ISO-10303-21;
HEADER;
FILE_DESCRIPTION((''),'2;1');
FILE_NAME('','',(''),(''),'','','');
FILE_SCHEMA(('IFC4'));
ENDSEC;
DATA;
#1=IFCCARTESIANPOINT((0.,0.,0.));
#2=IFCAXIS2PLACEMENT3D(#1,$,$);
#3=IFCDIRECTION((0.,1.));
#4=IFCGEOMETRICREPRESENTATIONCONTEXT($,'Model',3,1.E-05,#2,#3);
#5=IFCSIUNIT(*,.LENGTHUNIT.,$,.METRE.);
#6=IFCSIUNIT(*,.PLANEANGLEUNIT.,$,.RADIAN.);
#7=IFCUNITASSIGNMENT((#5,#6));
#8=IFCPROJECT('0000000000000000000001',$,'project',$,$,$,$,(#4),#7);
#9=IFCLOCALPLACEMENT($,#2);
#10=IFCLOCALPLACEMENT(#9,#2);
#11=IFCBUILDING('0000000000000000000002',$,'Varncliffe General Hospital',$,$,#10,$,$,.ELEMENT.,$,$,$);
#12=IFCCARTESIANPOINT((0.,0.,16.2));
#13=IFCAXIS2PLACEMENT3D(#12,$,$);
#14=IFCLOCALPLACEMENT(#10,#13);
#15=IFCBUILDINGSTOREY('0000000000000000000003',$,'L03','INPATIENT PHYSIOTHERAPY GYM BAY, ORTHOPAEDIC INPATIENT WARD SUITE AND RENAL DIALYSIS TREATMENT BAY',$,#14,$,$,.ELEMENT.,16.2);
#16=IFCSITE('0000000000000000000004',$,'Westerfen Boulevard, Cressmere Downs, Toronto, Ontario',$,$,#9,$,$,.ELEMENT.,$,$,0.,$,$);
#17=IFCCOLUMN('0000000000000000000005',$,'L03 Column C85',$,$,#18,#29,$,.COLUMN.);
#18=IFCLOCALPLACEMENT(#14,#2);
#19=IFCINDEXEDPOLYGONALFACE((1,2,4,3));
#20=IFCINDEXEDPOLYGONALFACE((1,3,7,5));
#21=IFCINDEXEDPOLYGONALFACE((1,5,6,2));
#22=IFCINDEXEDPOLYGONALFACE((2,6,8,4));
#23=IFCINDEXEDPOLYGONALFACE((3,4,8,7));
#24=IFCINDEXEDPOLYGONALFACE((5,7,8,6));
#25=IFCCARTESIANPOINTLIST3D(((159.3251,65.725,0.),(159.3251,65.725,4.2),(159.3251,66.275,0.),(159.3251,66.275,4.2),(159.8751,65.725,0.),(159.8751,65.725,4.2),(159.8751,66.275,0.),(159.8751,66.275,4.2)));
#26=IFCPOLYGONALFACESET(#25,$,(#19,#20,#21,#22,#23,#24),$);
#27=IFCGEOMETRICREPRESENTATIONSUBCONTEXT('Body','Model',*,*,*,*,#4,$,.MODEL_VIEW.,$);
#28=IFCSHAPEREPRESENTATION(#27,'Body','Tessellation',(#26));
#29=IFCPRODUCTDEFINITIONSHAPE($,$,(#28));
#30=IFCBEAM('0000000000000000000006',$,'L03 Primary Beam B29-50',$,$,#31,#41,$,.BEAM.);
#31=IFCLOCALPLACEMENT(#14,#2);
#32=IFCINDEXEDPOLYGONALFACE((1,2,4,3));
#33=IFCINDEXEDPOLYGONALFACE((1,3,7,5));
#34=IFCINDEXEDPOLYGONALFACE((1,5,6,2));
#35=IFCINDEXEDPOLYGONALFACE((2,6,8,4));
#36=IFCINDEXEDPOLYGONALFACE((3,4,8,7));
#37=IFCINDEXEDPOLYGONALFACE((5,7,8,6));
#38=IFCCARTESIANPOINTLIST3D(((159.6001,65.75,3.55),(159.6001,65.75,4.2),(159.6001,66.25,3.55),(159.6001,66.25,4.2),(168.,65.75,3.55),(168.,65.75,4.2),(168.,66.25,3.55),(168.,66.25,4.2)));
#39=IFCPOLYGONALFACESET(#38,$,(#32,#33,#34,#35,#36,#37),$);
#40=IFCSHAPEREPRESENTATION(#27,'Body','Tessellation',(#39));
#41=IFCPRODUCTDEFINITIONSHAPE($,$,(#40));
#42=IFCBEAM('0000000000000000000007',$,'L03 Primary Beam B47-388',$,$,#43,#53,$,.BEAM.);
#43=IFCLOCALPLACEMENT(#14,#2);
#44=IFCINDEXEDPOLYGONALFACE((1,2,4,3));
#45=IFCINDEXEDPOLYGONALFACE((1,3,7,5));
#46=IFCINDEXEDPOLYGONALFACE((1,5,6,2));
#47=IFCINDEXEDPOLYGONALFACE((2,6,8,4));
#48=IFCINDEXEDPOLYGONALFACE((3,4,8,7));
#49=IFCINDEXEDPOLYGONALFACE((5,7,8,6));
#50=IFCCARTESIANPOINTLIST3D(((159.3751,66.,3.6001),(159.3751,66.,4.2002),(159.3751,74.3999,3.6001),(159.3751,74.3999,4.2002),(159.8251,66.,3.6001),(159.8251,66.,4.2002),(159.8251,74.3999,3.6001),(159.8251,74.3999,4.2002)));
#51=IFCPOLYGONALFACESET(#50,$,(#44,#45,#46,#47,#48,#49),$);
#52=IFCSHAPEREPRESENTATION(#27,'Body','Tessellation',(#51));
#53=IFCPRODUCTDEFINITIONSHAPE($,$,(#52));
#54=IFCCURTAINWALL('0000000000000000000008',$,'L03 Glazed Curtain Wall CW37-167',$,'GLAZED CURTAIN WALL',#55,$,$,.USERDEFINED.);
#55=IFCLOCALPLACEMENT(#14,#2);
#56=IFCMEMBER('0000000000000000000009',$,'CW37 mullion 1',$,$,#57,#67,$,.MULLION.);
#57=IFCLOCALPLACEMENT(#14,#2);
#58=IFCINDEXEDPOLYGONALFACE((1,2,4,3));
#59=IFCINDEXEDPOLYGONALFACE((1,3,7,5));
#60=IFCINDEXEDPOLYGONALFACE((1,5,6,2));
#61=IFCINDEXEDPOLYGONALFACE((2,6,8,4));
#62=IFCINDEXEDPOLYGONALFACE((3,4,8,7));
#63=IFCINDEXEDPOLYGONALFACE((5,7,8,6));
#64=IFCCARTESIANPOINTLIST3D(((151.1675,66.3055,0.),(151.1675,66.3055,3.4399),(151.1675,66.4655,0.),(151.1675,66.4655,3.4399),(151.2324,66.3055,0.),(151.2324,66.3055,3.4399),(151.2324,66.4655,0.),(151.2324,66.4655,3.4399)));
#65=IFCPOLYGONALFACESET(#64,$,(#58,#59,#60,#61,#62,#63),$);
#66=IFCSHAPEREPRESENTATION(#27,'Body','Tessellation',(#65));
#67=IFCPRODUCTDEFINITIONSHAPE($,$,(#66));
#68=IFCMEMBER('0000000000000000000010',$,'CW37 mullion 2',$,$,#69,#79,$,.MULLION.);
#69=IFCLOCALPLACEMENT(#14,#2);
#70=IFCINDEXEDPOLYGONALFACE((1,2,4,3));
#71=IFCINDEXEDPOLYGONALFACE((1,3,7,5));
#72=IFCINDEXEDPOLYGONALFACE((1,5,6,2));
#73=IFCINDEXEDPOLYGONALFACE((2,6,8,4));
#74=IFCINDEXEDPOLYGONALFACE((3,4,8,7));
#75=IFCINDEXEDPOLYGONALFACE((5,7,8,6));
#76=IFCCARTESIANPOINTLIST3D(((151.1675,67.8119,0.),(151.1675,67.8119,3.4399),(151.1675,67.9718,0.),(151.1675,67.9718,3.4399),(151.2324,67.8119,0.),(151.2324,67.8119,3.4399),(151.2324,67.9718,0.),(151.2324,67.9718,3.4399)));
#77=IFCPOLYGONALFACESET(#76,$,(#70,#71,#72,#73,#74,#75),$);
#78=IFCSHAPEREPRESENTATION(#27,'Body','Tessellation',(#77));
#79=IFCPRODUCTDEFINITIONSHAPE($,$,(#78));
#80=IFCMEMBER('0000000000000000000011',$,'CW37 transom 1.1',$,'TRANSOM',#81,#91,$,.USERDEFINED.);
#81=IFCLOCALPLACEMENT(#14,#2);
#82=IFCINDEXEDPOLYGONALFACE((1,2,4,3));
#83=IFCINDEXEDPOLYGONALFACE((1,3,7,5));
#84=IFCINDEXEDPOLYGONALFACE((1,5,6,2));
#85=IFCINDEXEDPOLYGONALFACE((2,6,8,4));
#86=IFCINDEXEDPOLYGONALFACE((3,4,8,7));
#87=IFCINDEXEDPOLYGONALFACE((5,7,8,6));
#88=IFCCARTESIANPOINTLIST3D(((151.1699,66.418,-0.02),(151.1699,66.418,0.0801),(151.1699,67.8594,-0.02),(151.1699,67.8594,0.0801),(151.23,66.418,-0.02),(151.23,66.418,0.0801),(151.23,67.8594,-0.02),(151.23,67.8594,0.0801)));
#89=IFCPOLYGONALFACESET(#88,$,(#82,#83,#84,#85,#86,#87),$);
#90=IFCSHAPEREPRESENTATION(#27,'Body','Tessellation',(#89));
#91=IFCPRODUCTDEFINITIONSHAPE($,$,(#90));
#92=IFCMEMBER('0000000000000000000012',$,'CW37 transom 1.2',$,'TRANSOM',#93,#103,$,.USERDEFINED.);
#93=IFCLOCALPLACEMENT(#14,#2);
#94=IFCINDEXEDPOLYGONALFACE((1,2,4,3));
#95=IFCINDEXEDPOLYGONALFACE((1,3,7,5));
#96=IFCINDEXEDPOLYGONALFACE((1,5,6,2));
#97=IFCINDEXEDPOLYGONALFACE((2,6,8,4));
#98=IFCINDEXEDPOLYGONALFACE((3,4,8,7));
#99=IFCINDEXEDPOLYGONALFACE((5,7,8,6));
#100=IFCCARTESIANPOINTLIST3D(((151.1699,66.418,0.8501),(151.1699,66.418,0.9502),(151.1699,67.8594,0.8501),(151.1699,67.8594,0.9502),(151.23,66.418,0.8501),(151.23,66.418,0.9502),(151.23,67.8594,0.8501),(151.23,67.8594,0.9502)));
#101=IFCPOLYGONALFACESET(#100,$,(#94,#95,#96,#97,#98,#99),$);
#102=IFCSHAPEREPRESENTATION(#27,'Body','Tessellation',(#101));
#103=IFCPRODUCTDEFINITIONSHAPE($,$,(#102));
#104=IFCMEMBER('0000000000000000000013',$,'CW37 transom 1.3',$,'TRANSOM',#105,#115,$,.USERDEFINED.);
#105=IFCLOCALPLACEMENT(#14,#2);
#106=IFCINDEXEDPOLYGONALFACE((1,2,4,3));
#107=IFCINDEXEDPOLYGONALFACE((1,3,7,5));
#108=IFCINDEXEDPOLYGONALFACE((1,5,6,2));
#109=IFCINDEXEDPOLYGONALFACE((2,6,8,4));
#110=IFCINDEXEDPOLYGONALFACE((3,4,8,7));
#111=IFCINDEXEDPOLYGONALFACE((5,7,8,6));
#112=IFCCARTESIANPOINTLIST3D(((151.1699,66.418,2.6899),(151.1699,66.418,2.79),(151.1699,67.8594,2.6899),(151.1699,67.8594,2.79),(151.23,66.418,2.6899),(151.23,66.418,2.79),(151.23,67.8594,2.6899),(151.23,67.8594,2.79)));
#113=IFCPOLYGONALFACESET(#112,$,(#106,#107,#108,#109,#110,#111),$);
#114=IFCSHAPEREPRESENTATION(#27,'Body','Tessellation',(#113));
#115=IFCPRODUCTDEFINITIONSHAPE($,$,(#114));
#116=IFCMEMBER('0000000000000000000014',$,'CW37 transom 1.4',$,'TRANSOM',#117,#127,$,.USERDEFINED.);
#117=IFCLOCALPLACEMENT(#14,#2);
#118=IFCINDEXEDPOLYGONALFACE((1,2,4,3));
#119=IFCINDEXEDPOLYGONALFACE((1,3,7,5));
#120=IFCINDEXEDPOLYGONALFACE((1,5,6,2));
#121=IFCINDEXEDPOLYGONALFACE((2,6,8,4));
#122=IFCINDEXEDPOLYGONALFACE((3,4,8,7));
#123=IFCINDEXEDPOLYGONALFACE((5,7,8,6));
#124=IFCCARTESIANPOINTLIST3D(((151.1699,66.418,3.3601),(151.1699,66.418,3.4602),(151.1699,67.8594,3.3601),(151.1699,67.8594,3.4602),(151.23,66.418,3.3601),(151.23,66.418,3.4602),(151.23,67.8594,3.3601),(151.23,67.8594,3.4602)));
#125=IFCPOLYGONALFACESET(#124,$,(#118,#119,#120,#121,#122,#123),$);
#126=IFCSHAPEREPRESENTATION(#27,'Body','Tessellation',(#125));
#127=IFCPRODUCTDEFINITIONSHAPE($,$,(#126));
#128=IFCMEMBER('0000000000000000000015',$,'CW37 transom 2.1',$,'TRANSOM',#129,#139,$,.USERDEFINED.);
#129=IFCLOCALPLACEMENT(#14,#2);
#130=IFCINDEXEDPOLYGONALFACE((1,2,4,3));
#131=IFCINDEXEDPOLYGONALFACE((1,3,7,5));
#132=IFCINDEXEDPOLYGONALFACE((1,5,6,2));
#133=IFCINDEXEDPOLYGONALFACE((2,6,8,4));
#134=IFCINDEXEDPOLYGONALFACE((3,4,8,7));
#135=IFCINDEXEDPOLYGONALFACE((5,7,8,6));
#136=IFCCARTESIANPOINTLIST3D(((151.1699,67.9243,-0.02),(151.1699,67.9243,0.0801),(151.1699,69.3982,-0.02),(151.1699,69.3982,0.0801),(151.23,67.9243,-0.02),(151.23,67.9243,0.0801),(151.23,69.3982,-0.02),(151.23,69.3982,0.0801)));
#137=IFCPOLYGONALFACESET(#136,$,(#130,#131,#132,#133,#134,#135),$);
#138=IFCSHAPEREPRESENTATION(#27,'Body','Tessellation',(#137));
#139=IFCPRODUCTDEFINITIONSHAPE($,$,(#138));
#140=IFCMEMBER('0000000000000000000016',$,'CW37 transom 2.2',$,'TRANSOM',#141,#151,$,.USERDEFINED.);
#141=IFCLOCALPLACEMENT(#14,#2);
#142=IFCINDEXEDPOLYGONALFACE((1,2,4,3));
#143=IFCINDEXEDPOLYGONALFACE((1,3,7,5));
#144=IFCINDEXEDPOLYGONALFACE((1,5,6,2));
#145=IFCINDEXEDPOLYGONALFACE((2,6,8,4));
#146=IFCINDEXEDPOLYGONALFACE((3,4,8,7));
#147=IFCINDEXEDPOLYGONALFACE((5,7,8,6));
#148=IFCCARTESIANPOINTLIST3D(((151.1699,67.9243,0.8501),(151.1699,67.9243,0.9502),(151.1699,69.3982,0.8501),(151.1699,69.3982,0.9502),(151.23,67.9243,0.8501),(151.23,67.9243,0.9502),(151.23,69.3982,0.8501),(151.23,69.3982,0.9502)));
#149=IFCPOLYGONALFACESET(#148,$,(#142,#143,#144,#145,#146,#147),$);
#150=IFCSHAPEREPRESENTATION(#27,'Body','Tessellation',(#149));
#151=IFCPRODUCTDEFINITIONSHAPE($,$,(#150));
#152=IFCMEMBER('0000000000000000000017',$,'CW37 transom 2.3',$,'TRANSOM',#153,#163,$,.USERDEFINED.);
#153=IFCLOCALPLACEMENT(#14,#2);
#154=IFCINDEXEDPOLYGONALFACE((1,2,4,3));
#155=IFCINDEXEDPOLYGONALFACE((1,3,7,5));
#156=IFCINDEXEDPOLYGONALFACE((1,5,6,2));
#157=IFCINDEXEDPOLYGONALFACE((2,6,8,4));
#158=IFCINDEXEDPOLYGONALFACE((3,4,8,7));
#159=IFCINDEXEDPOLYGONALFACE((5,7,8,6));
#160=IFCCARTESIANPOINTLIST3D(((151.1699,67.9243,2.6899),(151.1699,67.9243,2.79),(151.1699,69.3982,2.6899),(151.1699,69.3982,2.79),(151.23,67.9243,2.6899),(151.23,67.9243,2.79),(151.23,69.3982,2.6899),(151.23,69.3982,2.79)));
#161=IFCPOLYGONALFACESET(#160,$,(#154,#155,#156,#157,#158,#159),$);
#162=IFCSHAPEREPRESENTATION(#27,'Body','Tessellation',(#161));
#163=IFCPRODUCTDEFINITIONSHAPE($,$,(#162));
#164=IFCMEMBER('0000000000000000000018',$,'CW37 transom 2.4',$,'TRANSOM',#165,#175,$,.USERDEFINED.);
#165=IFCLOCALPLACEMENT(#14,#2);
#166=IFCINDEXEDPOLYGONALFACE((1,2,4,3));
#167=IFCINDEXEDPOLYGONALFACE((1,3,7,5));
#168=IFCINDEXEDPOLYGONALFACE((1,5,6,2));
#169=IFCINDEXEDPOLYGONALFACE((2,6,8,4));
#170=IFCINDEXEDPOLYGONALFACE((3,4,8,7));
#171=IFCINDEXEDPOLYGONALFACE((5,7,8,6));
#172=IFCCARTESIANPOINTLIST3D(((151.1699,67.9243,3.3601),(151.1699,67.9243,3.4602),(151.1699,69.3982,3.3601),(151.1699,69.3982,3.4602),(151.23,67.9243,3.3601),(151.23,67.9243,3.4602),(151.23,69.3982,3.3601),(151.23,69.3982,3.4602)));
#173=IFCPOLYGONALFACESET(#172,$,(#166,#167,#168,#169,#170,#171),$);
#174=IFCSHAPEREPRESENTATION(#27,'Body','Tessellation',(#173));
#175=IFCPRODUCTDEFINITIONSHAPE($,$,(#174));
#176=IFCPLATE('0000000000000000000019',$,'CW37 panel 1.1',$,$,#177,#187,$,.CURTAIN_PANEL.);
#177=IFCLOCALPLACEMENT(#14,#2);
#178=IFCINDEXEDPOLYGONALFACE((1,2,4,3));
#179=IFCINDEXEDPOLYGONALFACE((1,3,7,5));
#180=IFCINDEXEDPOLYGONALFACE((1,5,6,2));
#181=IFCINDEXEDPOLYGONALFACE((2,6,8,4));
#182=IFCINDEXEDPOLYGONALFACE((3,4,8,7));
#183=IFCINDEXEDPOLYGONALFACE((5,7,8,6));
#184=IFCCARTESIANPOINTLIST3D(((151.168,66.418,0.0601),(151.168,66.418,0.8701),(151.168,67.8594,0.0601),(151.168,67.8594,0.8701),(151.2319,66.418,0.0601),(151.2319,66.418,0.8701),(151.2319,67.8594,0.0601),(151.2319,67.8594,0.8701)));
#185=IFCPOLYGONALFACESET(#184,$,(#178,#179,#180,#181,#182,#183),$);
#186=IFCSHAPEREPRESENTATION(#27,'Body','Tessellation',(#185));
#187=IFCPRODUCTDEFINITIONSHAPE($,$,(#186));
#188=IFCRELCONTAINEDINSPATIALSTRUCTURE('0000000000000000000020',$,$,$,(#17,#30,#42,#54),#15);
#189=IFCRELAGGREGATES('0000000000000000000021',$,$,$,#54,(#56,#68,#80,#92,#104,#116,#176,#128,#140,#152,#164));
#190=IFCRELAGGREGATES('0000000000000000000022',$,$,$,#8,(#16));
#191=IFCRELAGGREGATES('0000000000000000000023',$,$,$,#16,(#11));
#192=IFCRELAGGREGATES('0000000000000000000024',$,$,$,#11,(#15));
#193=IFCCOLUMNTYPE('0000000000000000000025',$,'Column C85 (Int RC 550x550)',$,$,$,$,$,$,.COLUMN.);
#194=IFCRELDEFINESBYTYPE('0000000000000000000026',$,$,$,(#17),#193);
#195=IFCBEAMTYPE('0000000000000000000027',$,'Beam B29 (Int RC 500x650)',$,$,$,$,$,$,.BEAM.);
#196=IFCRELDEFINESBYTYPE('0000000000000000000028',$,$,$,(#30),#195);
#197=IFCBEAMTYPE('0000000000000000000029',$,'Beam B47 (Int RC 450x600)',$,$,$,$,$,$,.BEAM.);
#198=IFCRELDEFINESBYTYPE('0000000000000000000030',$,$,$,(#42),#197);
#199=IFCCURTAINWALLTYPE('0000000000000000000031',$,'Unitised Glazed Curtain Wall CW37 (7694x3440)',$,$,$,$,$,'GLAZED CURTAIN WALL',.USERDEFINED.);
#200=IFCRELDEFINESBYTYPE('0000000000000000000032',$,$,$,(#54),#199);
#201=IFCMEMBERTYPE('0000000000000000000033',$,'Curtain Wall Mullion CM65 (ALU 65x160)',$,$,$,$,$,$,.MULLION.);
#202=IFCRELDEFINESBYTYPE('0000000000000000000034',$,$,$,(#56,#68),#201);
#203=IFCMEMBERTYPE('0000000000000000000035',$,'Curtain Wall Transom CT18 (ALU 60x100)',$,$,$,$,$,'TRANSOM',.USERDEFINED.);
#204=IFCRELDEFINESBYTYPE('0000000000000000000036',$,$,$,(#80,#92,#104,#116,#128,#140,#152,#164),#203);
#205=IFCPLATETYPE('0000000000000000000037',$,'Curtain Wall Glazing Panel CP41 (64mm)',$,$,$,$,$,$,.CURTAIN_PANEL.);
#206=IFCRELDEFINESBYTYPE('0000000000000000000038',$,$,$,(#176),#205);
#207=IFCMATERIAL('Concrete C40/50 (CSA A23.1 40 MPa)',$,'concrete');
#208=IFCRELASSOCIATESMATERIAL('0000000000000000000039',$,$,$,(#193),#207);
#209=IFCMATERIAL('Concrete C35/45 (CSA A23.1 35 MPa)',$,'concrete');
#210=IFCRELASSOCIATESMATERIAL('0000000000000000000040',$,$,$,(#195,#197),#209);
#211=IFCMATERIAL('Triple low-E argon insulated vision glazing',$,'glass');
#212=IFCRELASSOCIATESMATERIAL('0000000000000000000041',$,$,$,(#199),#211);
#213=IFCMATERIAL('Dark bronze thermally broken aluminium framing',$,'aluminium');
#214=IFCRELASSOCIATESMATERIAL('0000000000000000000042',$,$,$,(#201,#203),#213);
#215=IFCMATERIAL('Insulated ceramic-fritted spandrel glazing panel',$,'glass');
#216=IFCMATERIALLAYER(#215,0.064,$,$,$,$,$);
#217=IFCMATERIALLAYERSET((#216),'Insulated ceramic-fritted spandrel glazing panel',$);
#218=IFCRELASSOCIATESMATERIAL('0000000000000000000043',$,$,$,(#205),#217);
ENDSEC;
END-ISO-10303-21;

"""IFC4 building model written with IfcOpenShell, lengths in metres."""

from ifc_helpers import new_model, si_unit, direction, frame, origin, origin_2d, place, context, subcontext, project, spatial, rectangle, extrude, material, layer, layer_set, material_profile, profile_set, type_object, element, aggregate, save


model = new_model("IFC4")

# Units and contexts
model_context = context("Model", 3, precision=1e-05, world=origin(), true_north=direction((0.0, 1.0)))
body_context = subcontext(model_context, "Body", "Model", "MODEL_VIEW")
ifc_project = project(units=[si_unit("LENGTHUNIT", "METRE"), si_unit("PLANEANGLEUNIT", "RADIAN")], contexts=[model_context])

# Site, building, storey
site_placement = place(None, origin())
site = spatial("IfcSite", under=ifc_project, at=site_placement, Name="Westerfen Boulevard, Cressmere Downs, Toronto, Ontario", CompositionType="ELEMENT", RefElevation=0.0)
building_placement = place(site_placement, origin())
building = spatial("IfcBuilding", under=site, at=building_placement, Name="Varncliffe General Hospital", CompositionType="ELEMENT")
storey_placement = place(building_placement, frame((0.0, 0.0, 16.2)))
storey = spatial("IfcBuildingStorey", under=building, at=storey_placement, Name="L03", Description="INPATIENT PHYSIOTHERAPY GYM BAY, ORTHOPAEDIC INPATIENT WARD SUITE AND RENAL DIALYSIS TREATMENT BAY", CompositionType="ELEMENT", Elevation=16.2)

# Column
ifc_material_1 = material(Name="Concrete C40/50 (CSA A23.1 40 MPa)", Category="concrete")
ifc_material_profile_1 = material_profile(ifc_material_1, rectangle(XDim=0.55, YDim=0.55, at=origin_2d()), Name="RC 550x550")
ifc_profile_set_1 = profile_set([ifc_material_profile_1], Name="Concrete C40/50 (CSA A23.1 40 MPa)")
column_type = type_object("IfcColumnType", Name="Column C85 (Int RC 550x550)", PredefinedType="COLUMN", material=ifc_profile_set_1)
column_placement = place(storey_placement, frame((159.6001, 66.0, 0.0), z_axis=(0.0, 0.0, 1.0), x_axis=(1.0, 0.0, 0.0)))
element("IfcColumn", 1, at=column_placement, inside=storey, type_object=column_type, Name="L03 Column C85", PredefinedType="COLUMN", context=body_context, shape_type="SweptSolid", body=[
    extrude(rectangle(XDim=0.55, YDim=0.55, at=origin_2d()), origin(), (0.0, 0.0, 1.0), 4.2),
])

# Beams
ifc_material_2 = material(Name="Concrete C35/45 (CSA A23.1 35 MPa)", Category="concrete")
ifc_material_profile_2 = material_profile(ifc_material_2, rectangle(XDim=0.5, YDim=0.6499, at=origin_2d()), Name="RC 500x650")
ifc_profile_set_2 = profile_set([ifc_material_profile_2], Name="Concrete C35/45 (CSA A23.1 35 MPa)")
beam_type_1 = type_object("IfcBeamType", Name="Beam B29 (Int RC 500x650)", PredefinedType="BEAM", material=ifc_profile_set_2)
beam_1_placement = place(storey_placement, frame((159.6001, 66.0, 3.875), z_axis=(1.0, 0.0, 0.0), x_axis=(0.0, 1.0, 0.0)))
element("IfcBeam", 2, at=beam_1_placement, inside=storey, type_object=beam_type_1, Name="L03 Primary Beam B29-50", PredefinedType="BEAM", context=body_context, shape_type="SweptSolid", body=[
    extrude(rectangle(XDim=0.5, YDim=0.6499, at=origin_2d()), origin(), (0.0, 0.0, 1.0), 8.3999),
])
ifc_material_profile_3 = material_profile(ifc_material_2, rectangle(XDim=0.45, YDim=0.6001, at=origin_2d()), Name="RC 450x600")
ifc_profile_set_3 = profile_set([ifc_material_profile_3], Name="Concrete C35/45 (CSA A23.1 35 MPa)")
beam_type_2 = type_object("IfcBeamType", Name="Beam B47 (Int RC 450x600)", PredefinedType="BEAM", material=ifc_profile_set_3)
beam_2_placement = place(storey_placement, frame((159.6001, 66.0, 3.9001), z_axis=(0.0, 1.0, 0.0), x_axis=(-1.0, 0.0, 0.0)))
element("IfcBeam", 3, at=beam_2_placement, inside=storey, type_object=beam_type_2, Name="L03 Primary Beam B47-388", PredefinedType="BEAM", context=body_context, shape_type="SweptSolid", body=[
    extrude(rectangle(XDim=0.45, YDim=0.6001, at=origin_2d()), origin(), (0.0, 0.0, 1.0), 8.3999),
])

# Curtain wall, members, plate
ifc_material_3 = material(Name="Triple low-E argon insulated vision glazing", Category="glass")
curtain_wall_type = type_object("IfcCurtainWallType", Name="Unitised Glazed Curtain Wall CW37 (7694x3440)", ElementType="GLAZED CURTAIN WALL", PredefinedType="USERDEFINED", material=ifc_material_3)
curtain_wall_placement = place(storey_placement, origin())
curtain_wall = element("IfcCurtainWall", 4, at=curtain_wall_placement, inside=storey, type_object=curtain_wall_type, Name="L03 Glazed Curtain Wall CW37-167", ObjectType="GLAZED CURTAIN WALL", PredefinedType="USERDEFINED")
ifc_material_4 = material(Name="Dark bronze thermally broken aluminium framing", Category="aluminium")
ifc_material_profile_4 = material_profile(ifc_material_4, rectangle(XDim=0.0649, YDim=0.1599, at=origin_2d()), Name="ALU 65x160")
ifc_profile_set_4 = profile_set([ifc_material_profile_4], Name="Dark bronze thermally broken aluminium framing")
member_type_1 = type_object("IfcMemberType", Name="Curtain Wall Mullion CM65 (ALU 65x160)", PredefinedType="MULLION", material=ifc_profile_set_4)
member_1_placement = place(storey_placement, frame((151.2, 66.3855, 0.0), z_axis=(0.0, 0.0, 1.0), x_axis=(-1.0, 0.0, 0.0)))
member_1 = element("IfcMember", 5, at=member_1_placement, type_object=member_type_1, Name="CW37 mullion 1", PredefinedType="MULLION", context=body_context, shape_type="SweptSolid", body=[
    extrude(rectangle(XDim=0.0649, YDim=0.1599, at=origin_2d()), origin(), (0.0, 0.0, 1.0), 3.4399),
])
member_2_placement = place(storey_placement, frame((151.2, 67.8918, 0.0), z_axis=(0.0, 0.0, 1.0), x_axis=(-1.0, 0.0, 0.0)))
member_2 = element("IfcMember", 6, at=member_2_placement, type_object=member_type_1, Name="CW37 mullion 2", PredefinedType="MULLION", context=body_context, shape_type="SweptSolid", body=[
    extrude(rectangle(XDim=0.0649, YDim=0.1599, at=origin_2d()), origin(), (0.0, 0.0, 1.0), 3.4399),
])
ifc_material_profile_5 = material_profile(ifc_material_4, rectangle(XDim=0.0601, YDim=0.1001, at=origin_2d()), Name="ALU 60x100")
ifc_profile_set_5 = profile_set([ifc_material_profile_5], Name="Dark bronze thermally broken aluminium framing")
member_type_2 = type_object("IfcMemberType", Name="Curtain Wall Transom CT18 (ALU 60x100)", ElementType="TRANSOM", PredefinedType="USERDEFINED", material=ifc_profile_set_5)
member_3_placement = place(storey_placement, frame((151.2, 66.418, 0.03), z_axis=(0.0, 1.0, 0.0), x_axis=(-1.0, 0.0, 0.0)))
member_3 = element("IfcMember", 7, at=member_3_placement, type_object=member_type_2, Name="CW37 transom 1.1", ObjectType="TRANSOM", PredefinedType="USERDEFINED", context=body_context, shape_type="SweptSolid", body=[
    extrude(rectangle(XDim=0.0601, YDim=0.1001, at=origin_2d()), origin(), (0.0, 0.0, 1.0), 1.4414),
])
member_4_placement = place(storey_placement, frame((151.2, 66.418, 0.9001), z_axis=(0.0, 1.0, 0.0), x_axis=(-1.0, 0.0, 0.0)))
member_4 = element("IfcMember", 8, at=member_4_placement, type_object=member_type_2, Name="CW37 transom 1.2", ObjectType="TRANSOM", PredefinedType="USERDEFINED", context=body_context, shape_type="SweptSolid", body=[
    extrude(rectangle(XDim=0.0601, YDim=0.1001, at=origin_2d()), origin(), (0.0, 0.0, 1.0), 1.4414),
])
member_5_placement = place(storey_placement, frame((151.2, 66.418, 2.74), z_axis=(0.0, 1.0, 0.0), x_axis=(-1.0, 0.0, 0.0)))
member_5 = element("IfcMember", 9, at=member_5_placement, type_object=member_type_2, Name="CW37 transom 1.3", ObjectType="TRANSOM", PredefinedType="USERDEFINED", context=body_context, shape_type="SweptSolid", body=[
    extrude(rectangle(XDim=0.0601, YDim=0.1001, at=origin_2d()), origin(), (0.0, 0.0, 1.0), 1.4414),
])
member_6_placement = place(storey_placement, frame((151.2, 66.418, 3.4102), z_axis=(0.0, 1.0, 0.0), x_axis=(-1.0, 0.0, 0.0)))
member_6 = element("IfcMember", 10, at=member_6_placement, type_object=member_type_2, Name="CW37 transom 1.4", ObjectType="TRANSOM", PredefinedType="USERDEFINED", context=body_context, shape_type="SweptSolid", body=[
    extrude(rectangle(XDim=0.0601, YDim=0.1001, at=origin_2d()), origin(), (0.0, 0.0, 1.0), 1.4414),
])
member_7_placement = place(storey_placement, frame((151.2, 67.9243, 0.03), z_axis=(0.0, 1.0, 0.0), x_axis=(-1.0, 0.0, 0.0)))
member_7 = element("IfcMember", 11, at=member_7_placement, type_object=member_type_2, Name="CW37 transom 2.1", ObjectType="TRANSOM", PredefinedType="USERDEFINED", context=body_context, shape_type="SweptSolid", body=[
    extrude(rectangle(XDim=0.0601, YDim=0.1001, at=origin_2d()), origin(), (0.0, 0.0, 1.0), 1.4739),
])
member_8_placement = place(storey_placement, frame((151.2, 67.9243, 0.9001), z_axis=(0.0, 1.0, 0.0), x_axis=(-1.0, 0.0, 0.0)))
member_8 = element("IfcMember", 12, at=member_8_placement, type_object=member_type_2, Name="CW37 transom 2.2", ObjectType="TRANSOM", PredefinedType="USERDEFINED", context=body_context, shape_type="SweptSolid", body=[
    extrude(rectangle(XDim=0.0601, YDim=0.1001, at=origin_2d()), origin(), (0.0, 0.0, 1.0), 1.4739),
])
member_9_placement = place(storey_placement, frame((151.2, 67.9243, 2.74), z_axis=(0.0, 1.0, 0.0), x_axis=(-1.0, 0.0, 0.0)))
member_9 = element("IfcMember", 13, at=member_9_placement, type_object=member_type_2, Name="CW37 transom 2.3", ObjectType="TRANSOM", PredefinedType="USERDEFINED", context=body_context, shape_type="SweptSolid", body=[
    extrude(rectangle(XDim=0.0601, YDim=0.1001, at=origin_2d()), origin(), (0.0, 0.0, 1.0), 1.4739),
])
member_10_placement = place(storey_placement, frame((151.2, 67.9243, 3.4102), z_axis=(0.0, 1.0, 0.0), x_axis=(-1.0, 0.0, 0.0)))
member_10 = element("IfcMember", 14, at=member_10_placement, type_object=member_type_2, Name="CW37 transom 2.4", ObjectType="TRANSOM", PredefinedType="USERDEFINED", context=body_context, shape_type="SweptSolid", body=[
    extrude(rectangle(XDim=0.0601, YDim=0.1001, at=origin_2d()), origin(), (0.0, 0.0, 1.0), 1.4739),
])
ifc_material_5 = material(Name="Insulated ceramic-fritted spandrel glazing panel", Category="glass")
ifc_layer_1 = layer(ifc_material_5, 0.064)
ifc_layer_set_1 = layer_set([ifc_layer_1], Name="Insulated ceramic-fritted spandrel glazing panel")
plate_type = type_object("IfcPlateType", Name="Curtain Wall Glazing Panel CP41 (64mm)", PredefinedType="CURTAIN_PANEL", material=ifc_layer_set_1)
plate_1_placement = place(storey_placement, frame((151.2, 67.1387, 0.0601), z_axis=(0.0, 0.0, 1.0), x_axis=(0.0, 1.0, 0.0)))
plate_1 = element("IfcPlate", 15, at=plate_1_placement, type_object=plate_type, Name="CW37 panel 1.1", PredefinedType="CURTAIN_PANEL", context=body_context, shape_type="SweptSolid", body=[
    extrude(rectangle(XDim=1.4414, YDim=0.064, at=origin_2d()), origin(), (0.0, 0.0, 1.0), 0.8101),
])
aggregate(curtain_wall, [member_1, member_2, member_3, member_4, member_5, member_6, plate_1, member_7, member_8, member_9, member_10])

save(model, "model.ifc")
